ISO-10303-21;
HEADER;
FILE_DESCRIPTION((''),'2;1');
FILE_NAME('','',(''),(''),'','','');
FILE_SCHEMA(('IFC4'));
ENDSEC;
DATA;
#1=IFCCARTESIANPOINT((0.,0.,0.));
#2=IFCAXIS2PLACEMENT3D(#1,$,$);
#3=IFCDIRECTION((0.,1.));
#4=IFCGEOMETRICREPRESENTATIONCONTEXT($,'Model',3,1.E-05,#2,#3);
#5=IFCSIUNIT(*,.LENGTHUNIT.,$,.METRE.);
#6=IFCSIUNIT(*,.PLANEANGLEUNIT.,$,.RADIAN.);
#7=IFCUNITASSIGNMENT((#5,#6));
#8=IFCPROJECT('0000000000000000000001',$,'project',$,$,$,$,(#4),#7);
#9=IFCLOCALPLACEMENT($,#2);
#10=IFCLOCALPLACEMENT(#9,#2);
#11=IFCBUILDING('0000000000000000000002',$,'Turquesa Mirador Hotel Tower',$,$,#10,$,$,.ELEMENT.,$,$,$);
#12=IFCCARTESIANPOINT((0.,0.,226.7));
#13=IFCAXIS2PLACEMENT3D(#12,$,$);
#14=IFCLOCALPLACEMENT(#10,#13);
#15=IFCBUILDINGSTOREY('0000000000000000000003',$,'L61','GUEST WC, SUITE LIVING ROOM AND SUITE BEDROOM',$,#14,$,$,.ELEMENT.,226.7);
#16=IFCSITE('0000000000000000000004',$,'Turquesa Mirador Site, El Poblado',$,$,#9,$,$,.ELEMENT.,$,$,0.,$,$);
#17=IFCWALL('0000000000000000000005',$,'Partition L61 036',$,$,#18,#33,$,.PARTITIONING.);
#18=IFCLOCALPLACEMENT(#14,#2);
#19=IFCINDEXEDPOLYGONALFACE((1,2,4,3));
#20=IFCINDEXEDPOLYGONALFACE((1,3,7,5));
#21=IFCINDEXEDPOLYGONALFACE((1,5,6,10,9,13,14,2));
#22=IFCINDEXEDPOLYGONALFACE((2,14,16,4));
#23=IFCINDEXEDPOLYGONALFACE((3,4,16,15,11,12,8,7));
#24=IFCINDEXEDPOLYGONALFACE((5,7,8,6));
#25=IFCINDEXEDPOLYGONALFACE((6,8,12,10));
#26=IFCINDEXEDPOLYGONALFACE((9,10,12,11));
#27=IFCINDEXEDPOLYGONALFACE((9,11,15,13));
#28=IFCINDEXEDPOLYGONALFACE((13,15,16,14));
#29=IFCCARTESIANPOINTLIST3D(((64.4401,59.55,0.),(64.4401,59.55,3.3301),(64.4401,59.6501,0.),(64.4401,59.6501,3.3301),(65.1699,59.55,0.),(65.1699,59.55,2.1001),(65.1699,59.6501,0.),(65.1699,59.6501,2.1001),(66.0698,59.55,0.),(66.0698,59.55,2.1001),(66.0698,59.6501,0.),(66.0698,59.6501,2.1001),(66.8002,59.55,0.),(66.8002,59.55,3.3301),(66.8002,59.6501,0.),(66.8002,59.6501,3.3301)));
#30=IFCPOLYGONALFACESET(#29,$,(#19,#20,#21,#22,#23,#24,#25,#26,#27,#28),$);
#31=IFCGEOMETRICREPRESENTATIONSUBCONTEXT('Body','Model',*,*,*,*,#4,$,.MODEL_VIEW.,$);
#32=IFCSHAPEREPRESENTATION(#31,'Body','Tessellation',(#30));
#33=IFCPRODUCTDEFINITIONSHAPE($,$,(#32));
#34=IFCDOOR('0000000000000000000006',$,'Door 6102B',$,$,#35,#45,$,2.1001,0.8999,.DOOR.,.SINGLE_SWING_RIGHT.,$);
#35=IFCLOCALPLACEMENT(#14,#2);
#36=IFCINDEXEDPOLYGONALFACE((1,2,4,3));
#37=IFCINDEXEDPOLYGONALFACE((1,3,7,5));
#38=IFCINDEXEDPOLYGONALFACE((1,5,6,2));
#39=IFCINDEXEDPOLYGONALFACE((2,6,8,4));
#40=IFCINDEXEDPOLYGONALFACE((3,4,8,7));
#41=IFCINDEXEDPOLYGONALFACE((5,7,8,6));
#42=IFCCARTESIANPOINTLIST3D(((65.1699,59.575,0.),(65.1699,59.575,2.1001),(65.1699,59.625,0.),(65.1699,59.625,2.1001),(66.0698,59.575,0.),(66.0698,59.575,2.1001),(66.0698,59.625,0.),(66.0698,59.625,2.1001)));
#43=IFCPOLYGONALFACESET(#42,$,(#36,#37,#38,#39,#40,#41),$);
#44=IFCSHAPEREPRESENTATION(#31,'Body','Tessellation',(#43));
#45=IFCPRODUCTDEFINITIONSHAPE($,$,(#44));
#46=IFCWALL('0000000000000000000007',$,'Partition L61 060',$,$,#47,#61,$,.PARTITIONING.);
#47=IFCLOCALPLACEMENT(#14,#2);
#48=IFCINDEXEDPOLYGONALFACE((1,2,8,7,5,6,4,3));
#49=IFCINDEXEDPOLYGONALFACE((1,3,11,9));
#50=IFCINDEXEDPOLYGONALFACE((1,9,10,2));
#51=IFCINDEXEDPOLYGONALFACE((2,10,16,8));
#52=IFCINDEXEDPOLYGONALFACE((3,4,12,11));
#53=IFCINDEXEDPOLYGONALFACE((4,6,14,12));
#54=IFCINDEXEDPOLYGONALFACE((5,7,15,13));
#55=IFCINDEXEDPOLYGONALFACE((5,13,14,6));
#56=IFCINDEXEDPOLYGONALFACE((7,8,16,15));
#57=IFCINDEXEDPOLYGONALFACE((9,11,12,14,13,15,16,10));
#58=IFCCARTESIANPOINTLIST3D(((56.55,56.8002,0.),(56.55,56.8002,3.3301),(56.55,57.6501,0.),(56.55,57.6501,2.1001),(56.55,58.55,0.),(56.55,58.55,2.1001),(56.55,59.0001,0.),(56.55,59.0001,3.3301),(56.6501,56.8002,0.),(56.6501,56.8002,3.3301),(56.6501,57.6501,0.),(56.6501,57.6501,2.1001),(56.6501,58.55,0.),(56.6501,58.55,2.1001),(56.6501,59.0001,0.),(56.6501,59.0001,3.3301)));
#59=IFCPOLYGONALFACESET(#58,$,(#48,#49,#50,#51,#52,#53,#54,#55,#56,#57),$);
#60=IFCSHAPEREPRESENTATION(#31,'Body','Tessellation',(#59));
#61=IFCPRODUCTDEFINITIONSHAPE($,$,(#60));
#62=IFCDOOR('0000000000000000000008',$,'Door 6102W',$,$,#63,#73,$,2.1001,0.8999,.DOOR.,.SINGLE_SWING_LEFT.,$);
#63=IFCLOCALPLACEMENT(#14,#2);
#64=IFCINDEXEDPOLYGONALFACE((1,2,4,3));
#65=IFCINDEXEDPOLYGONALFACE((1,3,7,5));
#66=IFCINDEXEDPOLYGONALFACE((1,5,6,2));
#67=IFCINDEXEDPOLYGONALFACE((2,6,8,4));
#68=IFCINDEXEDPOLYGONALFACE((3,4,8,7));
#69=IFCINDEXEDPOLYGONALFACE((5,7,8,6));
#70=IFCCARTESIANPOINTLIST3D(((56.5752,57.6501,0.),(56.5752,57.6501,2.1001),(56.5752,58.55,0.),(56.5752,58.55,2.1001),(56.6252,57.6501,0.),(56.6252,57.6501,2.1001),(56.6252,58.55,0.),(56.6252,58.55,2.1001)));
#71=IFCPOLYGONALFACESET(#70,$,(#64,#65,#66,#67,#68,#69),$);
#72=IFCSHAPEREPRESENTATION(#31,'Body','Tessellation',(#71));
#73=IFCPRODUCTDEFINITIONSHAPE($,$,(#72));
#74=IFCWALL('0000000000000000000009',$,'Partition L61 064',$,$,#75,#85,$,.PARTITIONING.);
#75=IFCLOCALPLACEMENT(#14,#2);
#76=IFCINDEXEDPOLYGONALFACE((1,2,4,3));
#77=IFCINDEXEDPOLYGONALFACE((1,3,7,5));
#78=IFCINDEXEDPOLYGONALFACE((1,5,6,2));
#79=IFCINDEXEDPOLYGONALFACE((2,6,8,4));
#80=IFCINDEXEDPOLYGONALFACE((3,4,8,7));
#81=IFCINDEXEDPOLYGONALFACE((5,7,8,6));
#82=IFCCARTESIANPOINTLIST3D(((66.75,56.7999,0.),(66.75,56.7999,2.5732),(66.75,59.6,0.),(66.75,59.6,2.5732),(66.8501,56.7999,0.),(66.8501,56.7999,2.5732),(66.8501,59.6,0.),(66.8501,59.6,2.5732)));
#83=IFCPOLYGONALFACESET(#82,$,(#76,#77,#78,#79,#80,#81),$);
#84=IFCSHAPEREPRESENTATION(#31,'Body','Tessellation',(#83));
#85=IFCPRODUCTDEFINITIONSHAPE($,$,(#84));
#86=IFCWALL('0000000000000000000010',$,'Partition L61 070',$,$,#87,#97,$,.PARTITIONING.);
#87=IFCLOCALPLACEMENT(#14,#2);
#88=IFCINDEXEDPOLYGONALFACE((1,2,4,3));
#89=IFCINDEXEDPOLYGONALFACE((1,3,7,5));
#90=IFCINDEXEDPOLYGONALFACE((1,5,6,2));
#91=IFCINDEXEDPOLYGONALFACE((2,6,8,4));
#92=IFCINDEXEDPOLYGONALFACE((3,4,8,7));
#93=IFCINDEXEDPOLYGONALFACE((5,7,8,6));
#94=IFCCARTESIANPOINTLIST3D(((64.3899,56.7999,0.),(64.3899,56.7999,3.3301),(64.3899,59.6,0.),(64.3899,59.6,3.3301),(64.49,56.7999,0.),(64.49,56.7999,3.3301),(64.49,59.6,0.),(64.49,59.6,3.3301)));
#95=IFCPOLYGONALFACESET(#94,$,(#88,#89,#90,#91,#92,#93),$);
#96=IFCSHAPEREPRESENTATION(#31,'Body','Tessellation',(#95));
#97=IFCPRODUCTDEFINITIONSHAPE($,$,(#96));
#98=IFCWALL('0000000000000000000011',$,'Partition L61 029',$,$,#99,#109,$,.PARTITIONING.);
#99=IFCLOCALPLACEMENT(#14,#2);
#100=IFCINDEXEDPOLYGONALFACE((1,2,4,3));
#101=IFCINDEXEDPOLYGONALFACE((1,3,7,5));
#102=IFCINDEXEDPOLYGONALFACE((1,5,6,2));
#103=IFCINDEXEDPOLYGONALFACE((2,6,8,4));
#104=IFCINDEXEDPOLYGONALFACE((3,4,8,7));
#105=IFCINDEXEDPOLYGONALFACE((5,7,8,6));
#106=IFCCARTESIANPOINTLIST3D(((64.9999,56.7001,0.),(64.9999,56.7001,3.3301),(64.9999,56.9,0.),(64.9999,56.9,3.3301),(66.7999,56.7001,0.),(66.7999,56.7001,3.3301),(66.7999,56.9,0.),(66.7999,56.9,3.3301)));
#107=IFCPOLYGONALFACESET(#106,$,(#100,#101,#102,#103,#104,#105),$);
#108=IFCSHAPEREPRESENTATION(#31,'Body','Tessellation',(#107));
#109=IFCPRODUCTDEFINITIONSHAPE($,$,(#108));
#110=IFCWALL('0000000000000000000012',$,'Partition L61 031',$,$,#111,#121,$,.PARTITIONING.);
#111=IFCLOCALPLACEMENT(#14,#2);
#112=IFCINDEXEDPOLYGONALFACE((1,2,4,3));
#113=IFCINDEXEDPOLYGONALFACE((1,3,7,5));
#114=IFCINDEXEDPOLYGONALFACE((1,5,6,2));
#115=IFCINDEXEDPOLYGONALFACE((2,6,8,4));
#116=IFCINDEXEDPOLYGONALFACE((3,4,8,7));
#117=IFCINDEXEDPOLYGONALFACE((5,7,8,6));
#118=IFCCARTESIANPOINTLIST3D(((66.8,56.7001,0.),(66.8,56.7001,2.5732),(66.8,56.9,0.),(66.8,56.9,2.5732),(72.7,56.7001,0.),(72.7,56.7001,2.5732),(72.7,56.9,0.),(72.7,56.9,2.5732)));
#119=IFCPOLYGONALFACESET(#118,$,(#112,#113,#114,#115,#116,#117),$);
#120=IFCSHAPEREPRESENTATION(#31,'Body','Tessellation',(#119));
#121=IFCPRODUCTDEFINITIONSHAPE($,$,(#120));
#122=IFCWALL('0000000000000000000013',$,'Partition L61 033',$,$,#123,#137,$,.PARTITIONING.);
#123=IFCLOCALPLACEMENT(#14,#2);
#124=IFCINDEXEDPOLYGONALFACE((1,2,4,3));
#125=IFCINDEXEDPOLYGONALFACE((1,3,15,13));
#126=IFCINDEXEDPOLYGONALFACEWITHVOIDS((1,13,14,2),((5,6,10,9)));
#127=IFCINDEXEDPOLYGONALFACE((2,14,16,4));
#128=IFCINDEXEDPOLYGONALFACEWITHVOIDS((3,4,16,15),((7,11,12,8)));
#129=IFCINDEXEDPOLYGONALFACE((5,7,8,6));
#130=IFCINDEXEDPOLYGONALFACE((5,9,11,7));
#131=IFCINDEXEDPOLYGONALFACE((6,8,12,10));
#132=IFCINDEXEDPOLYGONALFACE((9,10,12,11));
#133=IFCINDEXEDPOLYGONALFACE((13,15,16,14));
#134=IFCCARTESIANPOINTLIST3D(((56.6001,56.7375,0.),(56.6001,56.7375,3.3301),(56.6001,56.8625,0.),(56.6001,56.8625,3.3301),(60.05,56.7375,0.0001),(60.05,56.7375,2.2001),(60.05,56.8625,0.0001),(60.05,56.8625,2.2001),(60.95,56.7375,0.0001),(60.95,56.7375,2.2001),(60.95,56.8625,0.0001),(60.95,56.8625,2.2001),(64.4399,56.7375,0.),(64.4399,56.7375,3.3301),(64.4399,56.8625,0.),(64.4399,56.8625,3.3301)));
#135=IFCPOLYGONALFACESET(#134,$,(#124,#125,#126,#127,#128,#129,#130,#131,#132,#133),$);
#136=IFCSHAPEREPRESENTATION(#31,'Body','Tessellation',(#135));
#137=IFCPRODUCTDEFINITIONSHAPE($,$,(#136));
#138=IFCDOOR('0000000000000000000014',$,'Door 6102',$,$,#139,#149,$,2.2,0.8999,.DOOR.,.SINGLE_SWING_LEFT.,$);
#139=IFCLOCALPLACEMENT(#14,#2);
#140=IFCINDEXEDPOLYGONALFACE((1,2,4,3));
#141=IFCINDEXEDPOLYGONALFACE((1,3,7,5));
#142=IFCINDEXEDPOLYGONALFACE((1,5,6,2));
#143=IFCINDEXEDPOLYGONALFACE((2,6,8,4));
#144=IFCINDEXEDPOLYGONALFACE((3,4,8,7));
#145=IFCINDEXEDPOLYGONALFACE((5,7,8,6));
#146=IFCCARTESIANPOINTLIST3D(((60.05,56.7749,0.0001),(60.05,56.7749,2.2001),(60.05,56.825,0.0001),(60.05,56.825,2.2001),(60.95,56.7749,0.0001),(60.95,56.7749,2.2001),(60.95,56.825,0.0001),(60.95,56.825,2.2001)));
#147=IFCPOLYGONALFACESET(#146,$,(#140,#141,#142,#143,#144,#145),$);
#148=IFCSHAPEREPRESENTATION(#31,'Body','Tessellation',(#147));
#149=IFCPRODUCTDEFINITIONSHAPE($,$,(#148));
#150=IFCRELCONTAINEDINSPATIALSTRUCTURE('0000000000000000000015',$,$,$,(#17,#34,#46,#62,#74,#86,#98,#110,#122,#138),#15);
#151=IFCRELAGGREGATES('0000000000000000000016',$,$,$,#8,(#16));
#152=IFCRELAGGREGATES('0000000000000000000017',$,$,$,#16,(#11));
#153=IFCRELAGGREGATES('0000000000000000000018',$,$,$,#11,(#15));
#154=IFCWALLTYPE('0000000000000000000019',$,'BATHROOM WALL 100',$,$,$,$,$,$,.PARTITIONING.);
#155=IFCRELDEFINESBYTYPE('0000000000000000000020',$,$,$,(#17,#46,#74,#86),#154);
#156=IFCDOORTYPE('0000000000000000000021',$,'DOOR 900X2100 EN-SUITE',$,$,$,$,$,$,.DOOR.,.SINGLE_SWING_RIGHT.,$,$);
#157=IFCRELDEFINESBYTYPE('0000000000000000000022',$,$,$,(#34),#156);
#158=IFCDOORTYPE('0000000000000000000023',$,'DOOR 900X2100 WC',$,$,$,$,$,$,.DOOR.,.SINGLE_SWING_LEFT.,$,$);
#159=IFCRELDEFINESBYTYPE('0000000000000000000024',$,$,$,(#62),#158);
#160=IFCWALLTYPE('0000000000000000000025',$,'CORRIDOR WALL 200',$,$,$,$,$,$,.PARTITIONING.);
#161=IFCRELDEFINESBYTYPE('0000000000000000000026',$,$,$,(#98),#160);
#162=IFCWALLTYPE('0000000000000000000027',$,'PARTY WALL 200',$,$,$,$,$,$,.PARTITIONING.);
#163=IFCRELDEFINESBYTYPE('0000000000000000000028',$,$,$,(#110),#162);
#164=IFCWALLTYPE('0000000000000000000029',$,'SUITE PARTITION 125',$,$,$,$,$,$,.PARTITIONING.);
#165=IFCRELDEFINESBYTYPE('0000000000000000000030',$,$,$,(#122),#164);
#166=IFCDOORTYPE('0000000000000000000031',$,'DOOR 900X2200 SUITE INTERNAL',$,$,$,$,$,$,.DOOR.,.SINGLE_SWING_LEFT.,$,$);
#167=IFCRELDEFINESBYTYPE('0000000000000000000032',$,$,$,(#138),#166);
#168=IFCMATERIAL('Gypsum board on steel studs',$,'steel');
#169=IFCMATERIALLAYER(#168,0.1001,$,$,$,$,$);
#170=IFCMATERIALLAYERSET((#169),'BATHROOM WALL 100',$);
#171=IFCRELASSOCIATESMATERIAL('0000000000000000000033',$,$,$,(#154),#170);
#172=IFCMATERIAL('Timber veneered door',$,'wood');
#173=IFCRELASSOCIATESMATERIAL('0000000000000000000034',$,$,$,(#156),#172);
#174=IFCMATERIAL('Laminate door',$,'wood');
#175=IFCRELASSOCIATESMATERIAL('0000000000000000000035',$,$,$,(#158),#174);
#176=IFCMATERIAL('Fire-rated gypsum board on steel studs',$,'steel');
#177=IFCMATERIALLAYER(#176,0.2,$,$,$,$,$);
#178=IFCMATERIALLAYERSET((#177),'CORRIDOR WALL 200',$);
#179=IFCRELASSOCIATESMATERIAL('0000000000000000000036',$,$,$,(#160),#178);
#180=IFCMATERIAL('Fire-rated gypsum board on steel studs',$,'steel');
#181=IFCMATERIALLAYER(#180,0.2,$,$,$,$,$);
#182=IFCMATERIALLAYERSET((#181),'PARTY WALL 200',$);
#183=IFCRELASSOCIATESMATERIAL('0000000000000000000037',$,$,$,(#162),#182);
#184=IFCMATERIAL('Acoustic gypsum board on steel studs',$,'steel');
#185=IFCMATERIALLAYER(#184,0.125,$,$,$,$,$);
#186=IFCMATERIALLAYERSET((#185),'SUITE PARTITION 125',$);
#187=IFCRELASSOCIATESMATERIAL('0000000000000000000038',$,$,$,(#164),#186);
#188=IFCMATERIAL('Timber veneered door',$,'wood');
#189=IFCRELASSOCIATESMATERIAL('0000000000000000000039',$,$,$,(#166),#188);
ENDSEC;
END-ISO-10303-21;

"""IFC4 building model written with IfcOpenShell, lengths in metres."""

from ifc_helpers import new_model, si_unit, direction, frame, frame_2d, origin, place, context, subcontext, project, spatial, rectangle, extrude, material, layer, layer_set, type_object, element, fill, save


model = new_model("IFC4")

# Units and contexts
model_context = context("Model", 3, precision=1e-05, world=origin(), true_north=direction((0.0, 1.0)))
body_context = subcontext(model_context, "Body", "Model", "MODEL_VIEW")
ifc_project = project(units=[si_unit("LENGTHUNIT", "METRE"), si_unit("PLANEANGLEUNIT", "RADIAN")], contexts=[model_context])

# Site, building, storey
site_placement = place(None, origin())
site = spatial("IfcSite", under=ifc_project, at=site_placement, Name="Turquesa Mirador Site, El Poblado", CompositionType="ELEMENT", RefElevation=0.0)
building_placement = place(site_placement, origin())
building = spatial("IfcBuilding", under=site, at=building_placement, Name="Turquesa Mirador Hotel Tower", CompositionType="ELEMENT")
storey_placement = place(building_placement, frame((0.0, 0.0, 226.7)))
storey = spatial("IfcBuildingStorey", under=building, at=storey_placement, Name="L61", Description="GUEST WC, SUITE LIVING ROOM AND SUITE BEDROOM", CompositionType="ELEMENT", Elevation=226.7)

# Shared definitions
ifc_material_1 = material(Name="Gypsum board on steel studs", Category="steel")
ifc_layer_1 = layer(ifc_material_1, 0.1001)
ifc_layer_set_1 = layer_set([ifc_layer_1], Name="BATHROOM WALL 100")
wall_type_1 = type_object("IfcWallType", Name="BATHROOM WALL 100", PredefinedType="PARTITIONING", material=ifc_layer_set_1)

# Walls, openings, doors
wall_1_placement = place(storey_placement, frame((64.4399, 59.6001, 0.0), z_axis=(0.0, 0.0, 1.0), x_axis=(1.0, 0.0, 0.0)))
wall_1 = element("IfcWall", 1, at=wall_1_placement, inside=storey, type_object=wall_type_1, Name="Partition L61 036", PredefinedType="PARTITIONING", context=body_context, shape_type="SweptSolid", body=[
    extrude(rectangle(XDim=2.3601, YDim=0.1001, at=frame_2d((1.1802, 0.0))), origin(), (0.0, 0.0, 1.0), 3.3301),
])
opening_1_placement = place(wall_1_placement, frame((0.73, 0.0, 0.0)))
opening_1 = element("IfcOpeningElement", 2, at=opening_1_placement, cuts=wall_1, PredefinedType="OPENING", context=body_context, shape_type="SweptSolid", body=[
    extrude(rectangle(XDim=0.8999, YDim=2.1001, at=frame_2d((0.45, 1.05))), frame((0.0, 0.0601, 0.0), z_axis=(0.0, -1.0, 0.0), x_axis=(1.0, 0.0, 0.0)), (0.0, 0.0, 1.0), 0.1201),
])
ifc_material_2 = material(Name="Timber veneered door", Category="wood")
door_type_1 = type_object("IfcDoorType", Name="DOOR 900X2100 EN-SUITE", OperationType="SINGLE_SWING_RIGHT", PredefinedType="DOOR", material=ifc_material_2)
door_1_placement = place(opening_1_placement, origin())
door_1 = element("IfcDoor", 3, at=door_1_placement, inside=storey, type_object=door_type_1, Name="Door 6102B", OperationType="SINGLE_SWING_RIGHT", OverallHeight=2.1001, OverallWidth=0.8999, PredefinedType="DOOR", context=body_context, shape_type="SweptSolid", body=[
    extrude(rectangle(XDim=0.8999, YDim=2.1001, at=frame_2d((0.45, 1.05))), frame((0.0, 0.0249, 0.0), z_axis=(0.0, -1.0, 0.0), x_axis=(1.0, 0.0, 0.0)), (0.0, 0.0, 1.0), 0.05),
])
fill(opening_1, door_1)
wall_2_placement = place(storey_placement, frame((56.6001, 56.8, 0.0), z_axis=(0.0, 0.0, 1.0), x_axis=(0.0, 1.0, 0.0)))
wall_2 = element("IfcWall", 4, at=wall_2_placement, inside=storey, type_object=wall_type_1, Name="Partition L61 060", PredefinedType="PARTITIONING", context=body_context, shape_type="SweptSolid", body=[
    extrude(rectangle(XDim=2.2, YDim=0.1001, at=frame_2d((1.1001, 0.0))), origin(), (0.0, 0.0, 1.0), 3.3301),
])
opening_2_placement = place(wall_2_placement, frame((0.8501, 0.0, 0.0)))
opening_2 = element("IfcOpeningElement", 5, at=opening_2_placement, cuts=wall_2, PredefinedType="OPENING", context=body_context, shape_type="SweptSolid", body=[
    extrude(rectangle(XDim=0.8999, YDim=2.1001, at=frame_2d((0.45, 1.05))), frame((0.0, 0.0601, 0.0), z_axis=(0.0, -1.0, 0.0), x_axis=(1.0, 0.0, 0.0)), (0.0, 0.0, 1.0), 0.1201),
])
ifc_material_3 = material(Name="Laminate door", Category="wood")
door_type_2 = type_object("IfcDoorType", Name="DOOR 900X2100 WC", OperationType="SINGLE_SWING_LEFT", PredefinedType="DOOR", material=ifc_material_3)
door_2_placement = place(opening_2_placement, origin())
door_2 = element("IfcDoor", 6, at=door_2_placement, inside=storey, type_object=door_type_2, Name="Door 6102W", OperationType="SINGLE_SWING_LEFT", OverallHeight=2.1001, OverallWidth=0.8999, PredefinedType="DOOR", context=body_context, shape_type="SweptSolid", body=[
    extrude(rectangle(XDim=0.8999, YDim=2.1001, at=frame_2d((0.45, 1.05))), frame((0.0, 0.0249, 0.0), z_axis=(0.0, -1.0, 0.0), x_axis=(1.0, 0.0, 0.0)), (0.0, 0.0, 1.0), 0.05),
])
fill(opening_2, door_2)

# Walls
wall_3_placement = place(storey_placement, frame((66.8, 56.8, 0.0), z_axis=(0.0, 0.0, 1.0), x_axis=(0.0, 1.0, 0.0)))
element("IfcWall", 7, at=wall_3_placement, inside=storey, type_object=wall_type_1, Name="Partition L61 064", PredefinedType="PARTITIONING", context=body_context, shape_type="SweptSolid", body=[
    extrude(rectangle(XDim=2.8, YDim=0.1001, at=frame_2d((1.3999, 0.0))), origin(), (0.0, 0.0, 1.0), 2.5732),
])
wall_4_placement = place(storey_placement, frame((64.4399, 56.8, 0.0), z_axis=(0.0, 0.0, 1.0), x_axis=(0.0, 1.0, 0.0)))
element("IfcWall", 8, at=wall_4_placement, inside=storey, type_object=wall_type_1, Name="Partition L61 070", PredefinedType="PARTITIONING", context=body_context, shape_type="SweptSolid", body=[
    extrude(rectangle(XDim=2.8, YDim=0.1001, at=frame_2d((1.3999, 0.0))), origin(), (0.0, 0.0, 1.0), 3.3301),
])
ifc_material_4 = material(Name="Fire-rated gypsum board on steel studs", Category="steel")
ifc_layer_2 = layer(ifc_material_4, 0.2)
ifc_layer_set_2 = layer_set([ifc_layer_2], Name="CORRIDOR WALL 200")
wall_type_2 = type_object("IfcWallType", Name="CORRIDOR WALL 200", PredefinedType="PARTITIONING", material=ifc_layer_set_2)
wall_5_placement = place(storey_placement, frame((65.0, 56.8, 0.0), z_axis=(0.0, 0.0, 1.0), x_axis=(1.0, 0.0, 0.0)))
element("IfcWall", 9, at=wall_5_placement, inside=storey, type_object=wall_type_2, Name="Partition L61 029", PredefinedType="PARTITIONING", context=body_context, shape_type="SweptSolid", body=[
    extrude(rectangle(XDim=1.8, YDim=0.2, at=frame_2d((0.8999, 0.0))), origin(), (0.0, 0.0, 1.0), 3.3301),
])
ifc_material_5 = material(Name="Fire-rated gypsum board on steel studs", Category="steel")
ifc_layer_3 = layer(ifc_material_5, 0.2)
ifc_layer_set_3 = layer_set([ifc_layer_3], Name="PARTY WALL 200")
wall_type_3 = type_object("IfcWallType", Name="PARTY WALL 200", PredefinedType="PARTITIONING", material=ifc_layer_set_3)
wall_6_placement = place(storey_placement, frame((66.8, 56.8, 0.0), z_axis=(0.0, 0.0, 1.0), x_axis=(1.0, 0.0, 0.0)))
element("IfcWall", 10, at=wall_6_placement, inside=storey, type_object=wall_type_3, Name="Partition L61 031", PredefinedType="PARTITIONING", context=body_context, shape_type="SweptSolid", body=[
    extrude(rectangle(XDim=5.8999, YDim=0.2, at=frame_2d((2.95, 0.0))), origin(), (0.0, 0.0, 1.0), 2.5732),
])

# Wall, opening, door
ifc_material_6 = material(Name="Acoustic gypsum board on steel studs", Category="steel")
ifc_layer_4 = layer(ifc_material_6, 0.125)
ifc_layer_set_4 = layer_set([ifc_layer_4], Name="SUITE PARTITION 125")
wall_type_4 = type_object("IfcWallType", Name="SUITE PARTITION 125", PredefinedType="PARTITIONING", material=ifc_layer_set_4)
wall_7_placement = place(storey_placement, frame((56.6001, 56.8, 0.0), z_axis=(0.0, 0.0, 1.0), x_axis=(1.0, 0.0, 0.0)))
wall_7 = element("IfcWall", 11, at=wall_7_placement, inside=storey, type_object=wall_type_4, Name="Partition L61 033", PredefinedType="PARTITIONING", context=body_context, shape_type="SweptSolid", body=[
    extrude(rectangle(XDim=7.8398, YDim=0.125, at=frame_2d((3.9199, 0.0))), origin(), (0.0, 0.0, 1.0), 3.3301),
])
opening_3_placement = place(wall_7_placement, frame((3.45, 0.0, 0.0)))
opening_3 = element("IfcOpeningElement", 12, at=opening_3_placement, cuts=wall_7, PredefinedType="OPENING", context=body_context, shape_type="SweptSolid", body=[
    extrude(rectangle(XDim=0.8999, YDim=2.2, at=frame_2d((0.45, 1.1001))), frame((0.0, 0.0725, 0.0), z_axis=(0.0, -1.0, 0.0), x_axis=(1.0, 0.0, 0.0)), (0.0, 0.0, 1.0), 0.145),
])
ifc_material_7 = material(Name="Timber veneered door", Category="wood")
door_type_3 = type_object("IfcDoorType", Name="DOOR 900X2200 SUITE INTERNAL", OperationType="SINGLE_SWING_LEFT", PredefinedType="DOOR", material=ifc_material_7)
door_3_placement = place(opening_3_placement, origin())
door_3 = element("IfcDoor", 13, at=door_3_placement, inside=storey, type_object=door_type_3, Name="Door 6102", OperationType="SINGLE_SWING_LEFT", OverallHeight=2.2, OverallWidth=0.8999, PredefinedType="DOOR", context=body_context, shape_type="SweptSolid", body=[
    extrude(rectangle(XDim=0.8999, YDim=2.2, at=frame_2d((0.45, 1.1001))), frame((0.0, 0.0249, 0.0), z_axis=(0.0, -1.0, 0.0), x_axis=(1.0, 0.0, 0.0)), (0.0, 0.0, 1.0), 0.05),
])
fill(opening_3, door_3)

save(model, "model.ifc")
